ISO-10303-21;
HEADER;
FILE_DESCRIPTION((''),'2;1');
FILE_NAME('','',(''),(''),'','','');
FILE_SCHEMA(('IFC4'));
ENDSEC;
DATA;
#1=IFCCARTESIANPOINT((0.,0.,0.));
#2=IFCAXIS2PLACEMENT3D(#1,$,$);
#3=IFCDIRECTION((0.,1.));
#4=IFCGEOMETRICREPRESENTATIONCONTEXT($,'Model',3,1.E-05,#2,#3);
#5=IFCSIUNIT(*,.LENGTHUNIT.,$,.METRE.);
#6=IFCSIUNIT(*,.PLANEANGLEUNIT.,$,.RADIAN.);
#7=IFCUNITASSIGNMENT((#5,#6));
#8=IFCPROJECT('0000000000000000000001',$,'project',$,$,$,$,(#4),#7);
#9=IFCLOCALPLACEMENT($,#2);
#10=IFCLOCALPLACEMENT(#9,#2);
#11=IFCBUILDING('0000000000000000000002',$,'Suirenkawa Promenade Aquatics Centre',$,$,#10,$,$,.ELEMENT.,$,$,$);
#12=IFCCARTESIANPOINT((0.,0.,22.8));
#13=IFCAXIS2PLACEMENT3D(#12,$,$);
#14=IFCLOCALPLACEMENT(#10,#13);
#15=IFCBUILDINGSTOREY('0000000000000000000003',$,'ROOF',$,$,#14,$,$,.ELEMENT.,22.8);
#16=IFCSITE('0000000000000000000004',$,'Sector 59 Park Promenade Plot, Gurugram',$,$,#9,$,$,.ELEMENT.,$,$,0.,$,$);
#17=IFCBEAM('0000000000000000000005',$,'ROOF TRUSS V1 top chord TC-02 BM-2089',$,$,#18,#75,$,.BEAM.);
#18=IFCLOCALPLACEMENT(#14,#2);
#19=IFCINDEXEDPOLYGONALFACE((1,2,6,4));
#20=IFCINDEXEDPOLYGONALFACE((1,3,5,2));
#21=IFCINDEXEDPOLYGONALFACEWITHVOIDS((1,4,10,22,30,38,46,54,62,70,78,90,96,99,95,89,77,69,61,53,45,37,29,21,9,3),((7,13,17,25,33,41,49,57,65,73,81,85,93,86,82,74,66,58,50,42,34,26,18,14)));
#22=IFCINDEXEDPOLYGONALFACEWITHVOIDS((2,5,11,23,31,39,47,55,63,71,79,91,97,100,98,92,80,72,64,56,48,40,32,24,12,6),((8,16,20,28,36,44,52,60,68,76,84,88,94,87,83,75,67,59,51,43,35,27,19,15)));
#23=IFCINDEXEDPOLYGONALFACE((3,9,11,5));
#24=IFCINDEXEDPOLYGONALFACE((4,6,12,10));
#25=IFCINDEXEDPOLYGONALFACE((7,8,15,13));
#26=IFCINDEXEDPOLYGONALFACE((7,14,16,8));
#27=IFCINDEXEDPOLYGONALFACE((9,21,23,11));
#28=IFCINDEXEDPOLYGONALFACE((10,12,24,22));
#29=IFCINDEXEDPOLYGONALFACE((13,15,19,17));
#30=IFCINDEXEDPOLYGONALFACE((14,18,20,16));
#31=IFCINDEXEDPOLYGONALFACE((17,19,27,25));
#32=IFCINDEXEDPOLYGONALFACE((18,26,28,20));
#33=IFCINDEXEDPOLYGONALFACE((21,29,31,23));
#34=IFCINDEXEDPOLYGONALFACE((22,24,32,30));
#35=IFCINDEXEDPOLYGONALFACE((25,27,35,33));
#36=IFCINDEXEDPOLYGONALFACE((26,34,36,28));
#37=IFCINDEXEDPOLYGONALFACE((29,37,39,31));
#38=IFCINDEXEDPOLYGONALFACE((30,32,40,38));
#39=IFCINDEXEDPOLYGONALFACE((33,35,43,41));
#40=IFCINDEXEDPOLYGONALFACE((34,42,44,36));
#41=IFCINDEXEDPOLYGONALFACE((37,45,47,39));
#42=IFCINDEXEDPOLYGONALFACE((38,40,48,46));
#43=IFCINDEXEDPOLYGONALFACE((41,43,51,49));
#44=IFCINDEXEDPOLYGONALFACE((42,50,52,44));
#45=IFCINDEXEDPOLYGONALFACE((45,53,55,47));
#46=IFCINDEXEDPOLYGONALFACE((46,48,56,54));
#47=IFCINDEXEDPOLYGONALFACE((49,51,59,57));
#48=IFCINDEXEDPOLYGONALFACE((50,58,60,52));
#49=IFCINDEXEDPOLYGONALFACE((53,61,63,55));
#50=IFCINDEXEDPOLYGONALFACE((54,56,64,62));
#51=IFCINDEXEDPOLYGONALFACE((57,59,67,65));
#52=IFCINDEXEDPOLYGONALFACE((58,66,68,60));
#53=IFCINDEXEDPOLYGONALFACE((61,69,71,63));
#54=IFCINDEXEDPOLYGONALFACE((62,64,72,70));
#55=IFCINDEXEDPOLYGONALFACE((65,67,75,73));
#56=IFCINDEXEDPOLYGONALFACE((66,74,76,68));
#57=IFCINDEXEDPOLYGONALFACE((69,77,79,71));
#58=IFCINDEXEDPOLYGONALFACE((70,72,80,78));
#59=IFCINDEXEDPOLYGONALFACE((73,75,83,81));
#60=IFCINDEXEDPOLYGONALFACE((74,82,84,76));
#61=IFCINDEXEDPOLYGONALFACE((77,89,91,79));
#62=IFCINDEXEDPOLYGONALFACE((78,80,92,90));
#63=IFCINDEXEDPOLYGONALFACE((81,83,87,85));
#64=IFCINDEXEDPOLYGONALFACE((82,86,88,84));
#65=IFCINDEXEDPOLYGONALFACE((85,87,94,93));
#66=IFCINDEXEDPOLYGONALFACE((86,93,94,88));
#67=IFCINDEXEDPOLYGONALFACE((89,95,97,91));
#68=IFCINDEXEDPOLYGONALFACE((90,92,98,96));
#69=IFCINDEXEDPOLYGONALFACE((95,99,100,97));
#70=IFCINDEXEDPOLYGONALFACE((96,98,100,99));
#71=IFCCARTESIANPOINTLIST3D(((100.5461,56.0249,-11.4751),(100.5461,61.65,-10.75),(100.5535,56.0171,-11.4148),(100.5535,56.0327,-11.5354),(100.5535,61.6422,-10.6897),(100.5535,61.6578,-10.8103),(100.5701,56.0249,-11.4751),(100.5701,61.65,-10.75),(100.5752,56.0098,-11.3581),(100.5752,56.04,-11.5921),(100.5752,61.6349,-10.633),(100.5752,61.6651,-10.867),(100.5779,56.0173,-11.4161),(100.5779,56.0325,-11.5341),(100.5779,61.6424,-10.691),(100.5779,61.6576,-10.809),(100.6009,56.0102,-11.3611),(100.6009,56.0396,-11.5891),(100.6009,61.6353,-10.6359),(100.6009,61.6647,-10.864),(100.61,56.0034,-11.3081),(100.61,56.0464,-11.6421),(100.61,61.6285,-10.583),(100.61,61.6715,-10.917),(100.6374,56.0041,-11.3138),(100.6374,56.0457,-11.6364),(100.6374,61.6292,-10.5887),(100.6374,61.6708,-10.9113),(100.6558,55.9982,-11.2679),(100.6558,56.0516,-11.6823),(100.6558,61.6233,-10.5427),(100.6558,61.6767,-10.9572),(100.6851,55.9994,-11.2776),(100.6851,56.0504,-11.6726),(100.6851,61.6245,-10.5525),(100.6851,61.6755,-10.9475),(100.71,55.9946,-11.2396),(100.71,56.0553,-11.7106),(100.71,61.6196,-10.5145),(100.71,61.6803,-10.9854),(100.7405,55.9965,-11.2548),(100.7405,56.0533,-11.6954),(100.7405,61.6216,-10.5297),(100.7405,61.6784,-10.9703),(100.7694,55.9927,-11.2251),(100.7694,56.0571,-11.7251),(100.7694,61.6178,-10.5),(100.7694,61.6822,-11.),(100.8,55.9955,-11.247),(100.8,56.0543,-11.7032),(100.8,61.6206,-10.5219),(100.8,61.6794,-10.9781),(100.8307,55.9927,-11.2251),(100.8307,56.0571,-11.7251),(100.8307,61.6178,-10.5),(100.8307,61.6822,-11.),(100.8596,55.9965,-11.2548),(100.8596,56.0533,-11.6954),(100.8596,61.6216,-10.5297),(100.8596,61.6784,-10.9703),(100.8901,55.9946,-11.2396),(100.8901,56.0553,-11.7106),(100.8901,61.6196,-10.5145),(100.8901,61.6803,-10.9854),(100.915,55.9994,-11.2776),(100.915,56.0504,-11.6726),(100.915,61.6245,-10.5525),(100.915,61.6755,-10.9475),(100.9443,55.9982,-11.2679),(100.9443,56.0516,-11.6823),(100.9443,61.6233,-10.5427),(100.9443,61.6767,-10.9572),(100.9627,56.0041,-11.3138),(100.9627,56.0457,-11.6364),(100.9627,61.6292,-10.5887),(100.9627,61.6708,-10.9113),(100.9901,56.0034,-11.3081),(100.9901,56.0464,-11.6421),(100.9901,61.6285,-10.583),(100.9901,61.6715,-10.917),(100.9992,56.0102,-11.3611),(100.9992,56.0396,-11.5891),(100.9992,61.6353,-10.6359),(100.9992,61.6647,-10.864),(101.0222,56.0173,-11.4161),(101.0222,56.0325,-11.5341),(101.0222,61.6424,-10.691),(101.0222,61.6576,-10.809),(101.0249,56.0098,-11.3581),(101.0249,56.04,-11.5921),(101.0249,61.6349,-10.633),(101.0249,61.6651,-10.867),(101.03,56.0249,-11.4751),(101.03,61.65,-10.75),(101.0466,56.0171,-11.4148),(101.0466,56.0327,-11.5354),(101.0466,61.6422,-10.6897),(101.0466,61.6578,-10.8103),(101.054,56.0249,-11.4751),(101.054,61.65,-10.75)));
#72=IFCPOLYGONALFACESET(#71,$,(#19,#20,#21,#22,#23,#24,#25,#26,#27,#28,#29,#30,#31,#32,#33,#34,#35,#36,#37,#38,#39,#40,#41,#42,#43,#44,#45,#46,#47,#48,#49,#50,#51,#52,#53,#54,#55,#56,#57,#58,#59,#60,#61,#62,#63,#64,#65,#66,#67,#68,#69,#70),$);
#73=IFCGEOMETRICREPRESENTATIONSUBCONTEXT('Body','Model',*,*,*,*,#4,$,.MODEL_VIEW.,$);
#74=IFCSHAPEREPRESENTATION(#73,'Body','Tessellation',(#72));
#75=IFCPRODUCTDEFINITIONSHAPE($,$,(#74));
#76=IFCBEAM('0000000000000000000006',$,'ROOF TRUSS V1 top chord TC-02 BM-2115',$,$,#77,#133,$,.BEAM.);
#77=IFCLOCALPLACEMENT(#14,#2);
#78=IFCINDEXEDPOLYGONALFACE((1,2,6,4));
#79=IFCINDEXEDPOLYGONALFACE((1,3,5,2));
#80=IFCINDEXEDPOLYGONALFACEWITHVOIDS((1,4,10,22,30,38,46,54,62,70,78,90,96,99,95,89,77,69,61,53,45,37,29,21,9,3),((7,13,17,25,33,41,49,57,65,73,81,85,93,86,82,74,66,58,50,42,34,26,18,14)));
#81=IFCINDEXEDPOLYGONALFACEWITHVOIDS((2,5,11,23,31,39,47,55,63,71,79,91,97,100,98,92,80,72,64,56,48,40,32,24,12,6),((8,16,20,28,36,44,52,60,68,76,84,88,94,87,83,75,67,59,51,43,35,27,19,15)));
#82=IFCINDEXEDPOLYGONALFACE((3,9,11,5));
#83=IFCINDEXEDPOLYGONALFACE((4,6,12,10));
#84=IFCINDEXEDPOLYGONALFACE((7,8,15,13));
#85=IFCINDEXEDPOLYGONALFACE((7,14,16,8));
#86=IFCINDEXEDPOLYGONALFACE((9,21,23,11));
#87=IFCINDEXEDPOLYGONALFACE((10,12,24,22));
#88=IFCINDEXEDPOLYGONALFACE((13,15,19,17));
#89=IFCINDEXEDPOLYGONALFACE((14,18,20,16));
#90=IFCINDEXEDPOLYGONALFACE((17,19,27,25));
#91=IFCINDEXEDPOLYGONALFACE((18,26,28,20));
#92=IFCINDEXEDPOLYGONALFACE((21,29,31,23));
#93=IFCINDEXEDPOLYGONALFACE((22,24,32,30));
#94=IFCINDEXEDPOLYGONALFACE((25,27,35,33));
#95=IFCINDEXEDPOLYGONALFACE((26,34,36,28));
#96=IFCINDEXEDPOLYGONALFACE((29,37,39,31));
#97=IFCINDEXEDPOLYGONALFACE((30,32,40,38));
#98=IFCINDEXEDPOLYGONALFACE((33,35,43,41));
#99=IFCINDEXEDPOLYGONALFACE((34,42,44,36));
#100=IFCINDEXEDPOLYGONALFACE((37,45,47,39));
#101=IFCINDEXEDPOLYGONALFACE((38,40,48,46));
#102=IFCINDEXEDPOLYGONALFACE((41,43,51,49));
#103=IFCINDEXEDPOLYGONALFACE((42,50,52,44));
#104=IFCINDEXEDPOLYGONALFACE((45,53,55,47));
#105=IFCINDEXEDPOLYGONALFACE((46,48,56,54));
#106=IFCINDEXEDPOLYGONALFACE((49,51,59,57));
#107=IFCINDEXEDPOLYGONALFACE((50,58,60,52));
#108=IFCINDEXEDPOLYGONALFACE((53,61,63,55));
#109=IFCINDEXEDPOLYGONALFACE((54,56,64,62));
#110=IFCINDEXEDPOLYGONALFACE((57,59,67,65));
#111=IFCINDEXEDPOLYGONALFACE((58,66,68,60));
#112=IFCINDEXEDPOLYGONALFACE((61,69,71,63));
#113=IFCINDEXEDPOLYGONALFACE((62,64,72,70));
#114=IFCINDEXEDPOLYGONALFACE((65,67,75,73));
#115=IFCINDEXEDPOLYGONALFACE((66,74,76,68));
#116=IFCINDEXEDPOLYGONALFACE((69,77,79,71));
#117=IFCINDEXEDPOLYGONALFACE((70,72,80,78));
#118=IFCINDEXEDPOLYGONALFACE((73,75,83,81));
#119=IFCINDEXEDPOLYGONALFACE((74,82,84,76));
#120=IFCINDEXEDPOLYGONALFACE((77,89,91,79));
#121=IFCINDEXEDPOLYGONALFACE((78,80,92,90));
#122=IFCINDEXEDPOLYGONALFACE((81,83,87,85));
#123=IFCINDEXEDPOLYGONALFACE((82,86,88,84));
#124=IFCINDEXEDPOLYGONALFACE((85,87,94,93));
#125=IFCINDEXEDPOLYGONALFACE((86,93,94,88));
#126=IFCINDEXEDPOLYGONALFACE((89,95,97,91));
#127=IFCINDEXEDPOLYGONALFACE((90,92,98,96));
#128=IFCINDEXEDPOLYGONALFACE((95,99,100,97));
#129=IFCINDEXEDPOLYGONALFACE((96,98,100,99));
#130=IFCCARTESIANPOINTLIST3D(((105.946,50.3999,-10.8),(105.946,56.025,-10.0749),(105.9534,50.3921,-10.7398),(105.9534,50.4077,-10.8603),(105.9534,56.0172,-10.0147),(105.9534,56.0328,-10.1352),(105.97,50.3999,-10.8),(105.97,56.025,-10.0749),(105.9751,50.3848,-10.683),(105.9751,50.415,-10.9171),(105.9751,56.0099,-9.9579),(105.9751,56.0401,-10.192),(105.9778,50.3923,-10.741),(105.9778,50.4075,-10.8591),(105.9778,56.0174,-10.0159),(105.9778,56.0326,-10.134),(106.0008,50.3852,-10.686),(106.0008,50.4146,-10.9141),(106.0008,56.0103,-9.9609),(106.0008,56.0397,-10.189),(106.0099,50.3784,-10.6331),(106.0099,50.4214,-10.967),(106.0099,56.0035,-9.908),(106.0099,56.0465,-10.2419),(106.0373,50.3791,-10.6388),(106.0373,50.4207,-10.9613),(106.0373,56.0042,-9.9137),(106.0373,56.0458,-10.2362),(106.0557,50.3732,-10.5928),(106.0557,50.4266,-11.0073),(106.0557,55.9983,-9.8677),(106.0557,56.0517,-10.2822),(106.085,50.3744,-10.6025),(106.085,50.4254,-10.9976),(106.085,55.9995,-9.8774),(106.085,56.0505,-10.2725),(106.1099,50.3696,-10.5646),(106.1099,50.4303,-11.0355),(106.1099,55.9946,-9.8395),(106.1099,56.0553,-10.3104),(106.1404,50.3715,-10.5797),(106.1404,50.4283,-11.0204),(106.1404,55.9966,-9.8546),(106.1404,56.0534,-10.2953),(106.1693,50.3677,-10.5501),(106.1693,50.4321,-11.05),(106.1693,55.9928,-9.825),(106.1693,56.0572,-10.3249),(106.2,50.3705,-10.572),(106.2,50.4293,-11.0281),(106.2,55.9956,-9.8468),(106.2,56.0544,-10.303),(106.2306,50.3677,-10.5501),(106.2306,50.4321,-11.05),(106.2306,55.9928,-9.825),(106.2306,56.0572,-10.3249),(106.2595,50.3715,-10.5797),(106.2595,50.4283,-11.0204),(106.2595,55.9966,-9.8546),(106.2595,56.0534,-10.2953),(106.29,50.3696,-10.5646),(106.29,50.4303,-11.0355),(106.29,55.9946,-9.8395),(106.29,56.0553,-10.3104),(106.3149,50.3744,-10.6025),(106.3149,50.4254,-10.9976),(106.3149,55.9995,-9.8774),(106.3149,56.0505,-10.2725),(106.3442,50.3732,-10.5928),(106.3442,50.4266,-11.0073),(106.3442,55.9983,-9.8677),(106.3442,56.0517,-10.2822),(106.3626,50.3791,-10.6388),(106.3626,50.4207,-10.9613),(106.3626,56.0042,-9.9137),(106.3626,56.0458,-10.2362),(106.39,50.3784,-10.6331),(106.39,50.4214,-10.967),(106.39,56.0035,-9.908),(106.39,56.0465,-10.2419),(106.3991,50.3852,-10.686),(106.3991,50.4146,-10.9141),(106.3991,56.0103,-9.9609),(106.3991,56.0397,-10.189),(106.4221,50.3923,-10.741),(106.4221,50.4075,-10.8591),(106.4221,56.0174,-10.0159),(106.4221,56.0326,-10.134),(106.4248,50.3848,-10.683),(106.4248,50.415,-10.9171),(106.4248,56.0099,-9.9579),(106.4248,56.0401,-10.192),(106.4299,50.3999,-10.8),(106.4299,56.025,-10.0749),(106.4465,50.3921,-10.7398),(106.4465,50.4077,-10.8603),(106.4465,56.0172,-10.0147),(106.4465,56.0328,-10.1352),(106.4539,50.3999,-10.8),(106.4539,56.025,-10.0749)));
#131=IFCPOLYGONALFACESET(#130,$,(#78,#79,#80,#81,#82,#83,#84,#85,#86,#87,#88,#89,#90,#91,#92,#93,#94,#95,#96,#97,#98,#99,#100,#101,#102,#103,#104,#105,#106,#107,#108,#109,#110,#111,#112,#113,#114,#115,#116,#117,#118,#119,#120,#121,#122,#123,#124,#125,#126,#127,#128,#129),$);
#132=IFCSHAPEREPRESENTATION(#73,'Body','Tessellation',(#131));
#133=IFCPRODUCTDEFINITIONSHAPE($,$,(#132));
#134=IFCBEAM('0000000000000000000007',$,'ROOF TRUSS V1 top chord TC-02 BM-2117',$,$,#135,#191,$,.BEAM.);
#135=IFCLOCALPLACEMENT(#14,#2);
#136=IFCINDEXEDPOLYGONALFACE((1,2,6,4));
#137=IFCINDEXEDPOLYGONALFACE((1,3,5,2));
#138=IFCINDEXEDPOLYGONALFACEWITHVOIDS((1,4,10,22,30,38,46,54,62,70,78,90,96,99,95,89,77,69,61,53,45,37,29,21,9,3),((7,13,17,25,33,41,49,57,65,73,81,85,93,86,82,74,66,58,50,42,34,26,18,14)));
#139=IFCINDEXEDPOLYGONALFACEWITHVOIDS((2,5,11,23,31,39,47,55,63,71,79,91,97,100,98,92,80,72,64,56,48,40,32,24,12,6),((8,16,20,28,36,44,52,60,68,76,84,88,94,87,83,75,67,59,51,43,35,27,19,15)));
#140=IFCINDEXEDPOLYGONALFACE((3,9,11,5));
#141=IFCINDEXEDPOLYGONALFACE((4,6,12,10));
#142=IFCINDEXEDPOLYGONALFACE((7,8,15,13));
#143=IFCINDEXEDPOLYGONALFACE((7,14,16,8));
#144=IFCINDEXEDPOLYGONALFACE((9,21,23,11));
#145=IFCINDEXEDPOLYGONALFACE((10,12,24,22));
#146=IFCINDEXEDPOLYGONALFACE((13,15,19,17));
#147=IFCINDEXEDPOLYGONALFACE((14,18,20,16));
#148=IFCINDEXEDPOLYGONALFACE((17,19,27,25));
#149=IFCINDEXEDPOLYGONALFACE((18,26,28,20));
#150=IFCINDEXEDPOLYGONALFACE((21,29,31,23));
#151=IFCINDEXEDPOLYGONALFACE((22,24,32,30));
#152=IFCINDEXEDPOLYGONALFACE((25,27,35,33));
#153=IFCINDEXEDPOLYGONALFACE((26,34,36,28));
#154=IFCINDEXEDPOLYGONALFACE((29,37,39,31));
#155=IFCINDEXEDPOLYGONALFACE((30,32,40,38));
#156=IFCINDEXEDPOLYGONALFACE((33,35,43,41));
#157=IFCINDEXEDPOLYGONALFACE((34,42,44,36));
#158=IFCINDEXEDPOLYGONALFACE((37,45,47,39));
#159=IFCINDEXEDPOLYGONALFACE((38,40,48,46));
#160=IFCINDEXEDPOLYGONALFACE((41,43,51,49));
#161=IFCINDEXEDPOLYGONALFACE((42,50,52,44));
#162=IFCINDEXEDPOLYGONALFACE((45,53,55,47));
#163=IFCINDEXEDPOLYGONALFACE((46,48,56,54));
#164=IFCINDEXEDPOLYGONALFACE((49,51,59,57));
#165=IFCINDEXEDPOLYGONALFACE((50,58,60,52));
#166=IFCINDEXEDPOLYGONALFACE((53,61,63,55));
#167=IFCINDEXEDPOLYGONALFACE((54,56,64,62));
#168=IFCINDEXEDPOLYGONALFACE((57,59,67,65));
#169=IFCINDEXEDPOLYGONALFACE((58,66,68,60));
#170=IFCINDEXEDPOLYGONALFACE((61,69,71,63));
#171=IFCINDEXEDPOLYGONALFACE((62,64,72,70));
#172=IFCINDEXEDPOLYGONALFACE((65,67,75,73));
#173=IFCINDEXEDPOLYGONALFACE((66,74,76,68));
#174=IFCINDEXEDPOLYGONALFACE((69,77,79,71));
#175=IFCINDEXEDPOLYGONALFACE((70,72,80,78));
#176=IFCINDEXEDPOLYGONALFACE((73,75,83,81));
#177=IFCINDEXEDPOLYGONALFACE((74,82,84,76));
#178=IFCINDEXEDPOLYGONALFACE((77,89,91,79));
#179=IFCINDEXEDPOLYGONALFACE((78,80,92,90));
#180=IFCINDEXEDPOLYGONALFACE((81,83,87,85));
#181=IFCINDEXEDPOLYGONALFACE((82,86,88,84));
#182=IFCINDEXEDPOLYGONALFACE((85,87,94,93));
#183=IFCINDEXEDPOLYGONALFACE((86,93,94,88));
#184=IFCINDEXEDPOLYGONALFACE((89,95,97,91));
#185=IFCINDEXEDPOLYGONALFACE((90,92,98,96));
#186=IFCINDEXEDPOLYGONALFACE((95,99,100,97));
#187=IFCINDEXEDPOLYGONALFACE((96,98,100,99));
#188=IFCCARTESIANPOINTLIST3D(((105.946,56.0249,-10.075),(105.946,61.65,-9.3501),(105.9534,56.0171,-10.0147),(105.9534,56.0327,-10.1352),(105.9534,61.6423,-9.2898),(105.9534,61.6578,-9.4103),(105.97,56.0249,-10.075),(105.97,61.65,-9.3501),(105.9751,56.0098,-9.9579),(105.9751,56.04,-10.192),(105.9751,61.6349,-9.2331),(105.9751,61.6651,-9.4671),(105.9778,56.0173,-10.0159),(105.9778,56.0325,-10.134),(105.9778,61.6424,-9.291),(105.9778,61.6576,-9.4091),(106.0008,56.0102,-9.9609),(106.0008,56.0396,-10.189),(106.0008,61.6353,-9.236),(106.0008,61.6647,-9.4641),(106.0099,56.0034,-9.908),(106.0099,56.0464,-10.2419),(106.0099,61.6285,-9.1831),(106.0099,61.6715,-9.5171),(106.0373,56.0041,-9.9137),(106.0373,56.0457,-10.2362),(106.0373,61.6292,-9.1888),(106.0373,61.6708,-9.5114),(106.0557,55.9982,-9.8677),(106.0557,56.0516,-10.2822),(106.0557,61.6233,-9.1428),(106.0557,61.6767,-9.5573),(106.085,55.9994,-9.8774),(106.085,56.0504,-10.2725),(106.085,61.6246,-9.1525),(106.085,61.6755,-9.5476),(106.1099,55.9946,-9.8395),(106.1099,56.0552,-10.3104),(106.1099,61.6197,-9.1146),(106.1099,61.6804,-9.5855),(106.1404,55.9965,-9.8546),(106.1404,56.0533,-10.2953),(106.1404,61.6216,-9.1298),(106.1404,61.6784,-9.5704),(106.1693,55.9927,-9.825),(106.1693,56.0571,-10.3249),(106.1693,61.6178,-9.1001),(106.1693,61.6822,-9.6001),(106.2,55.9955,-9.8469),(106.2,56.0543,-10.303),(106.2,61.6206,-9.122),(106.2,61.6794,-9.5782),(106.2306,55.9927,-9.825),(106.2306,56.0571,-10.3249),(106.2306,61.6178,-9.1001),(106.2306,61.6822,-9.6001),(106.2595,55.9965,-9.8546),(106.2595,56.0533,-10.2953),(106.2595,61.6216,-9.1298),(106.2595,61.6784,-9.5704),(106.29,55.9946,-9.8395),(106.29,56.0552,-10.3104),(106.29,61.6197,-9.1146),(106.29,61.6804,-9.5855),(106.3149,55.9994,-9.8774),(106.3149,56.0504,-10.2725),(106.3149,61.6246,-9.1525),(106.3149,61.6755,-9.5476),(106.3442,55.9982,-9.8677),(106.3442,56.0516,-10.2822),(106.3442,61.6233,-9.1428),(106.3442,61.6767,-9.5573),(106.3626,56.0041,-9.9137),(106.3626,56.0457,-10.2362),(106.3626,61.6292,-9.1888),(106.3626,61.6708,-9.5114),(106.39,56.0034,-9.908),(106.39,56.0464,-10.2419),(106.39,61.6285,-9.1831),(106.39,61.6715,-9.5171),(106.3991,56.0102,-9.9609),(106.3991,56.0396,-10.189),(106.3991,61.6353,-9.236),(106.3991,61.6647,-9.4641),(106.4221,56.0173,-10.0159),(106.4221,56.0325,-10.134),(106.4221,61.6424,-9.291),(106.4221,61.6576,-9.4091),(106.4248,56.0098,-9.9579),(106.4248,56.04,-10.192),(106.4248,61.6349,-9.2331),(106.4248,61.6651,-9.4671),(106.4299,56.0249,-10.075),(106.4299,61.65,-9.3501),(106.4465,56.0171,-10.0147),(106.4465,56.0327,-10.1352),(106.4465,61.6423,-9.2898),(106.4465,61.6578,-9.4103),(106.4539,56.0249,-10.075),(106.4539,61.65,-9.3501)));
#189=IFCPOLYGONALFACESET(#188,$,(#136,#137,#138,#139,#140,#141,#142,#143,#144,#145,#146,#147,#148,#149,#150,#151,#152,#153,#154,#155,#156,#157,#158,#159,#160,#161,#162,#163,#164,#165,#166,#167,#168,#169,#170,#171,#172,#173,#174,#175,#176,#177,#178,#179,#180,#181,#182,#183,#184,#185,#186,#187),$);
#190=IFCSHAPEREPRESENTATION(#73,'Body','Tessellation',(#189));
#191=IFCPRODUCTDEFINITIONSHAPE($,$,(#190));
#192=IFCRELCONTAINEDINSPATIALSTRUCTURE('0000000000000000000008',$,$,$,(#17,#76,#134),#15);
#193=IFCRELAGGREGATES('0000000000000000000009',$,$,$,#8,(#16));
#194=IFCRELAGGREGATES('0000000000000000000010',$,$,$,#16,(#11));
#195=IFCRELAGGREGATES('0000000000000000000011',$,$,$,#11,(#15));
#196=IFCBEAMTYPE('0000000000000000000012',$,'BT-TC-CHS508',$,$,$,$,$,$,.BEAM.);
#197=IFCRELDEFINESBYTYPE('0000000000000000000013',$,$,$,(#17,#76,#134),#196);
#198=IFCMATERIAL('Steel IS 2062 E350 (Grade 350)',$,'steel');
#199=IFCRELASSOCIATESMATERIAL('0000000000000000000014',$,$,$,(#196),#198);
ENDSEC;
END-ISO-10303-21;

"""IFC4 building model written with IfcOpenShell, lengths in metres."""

from ifc_helpers import new_model, si_unit, direction, frame, origin, origin_2d, place, context, subcontext, project, spatial, hollow_circle, extrude, material, material_profile, profile_set, type_object, element, save


model = new_model("IFC4")

# Units and contexts
model_context = context("Model", 3, precision=1e-05, world=origin(), true_north=direction((0.0, 1.0)))
body_context = subcontext(model_context, "Body", "Model", "MODEL_VIEW")
ifc_project = project(units=[si_unit("LENGTHUNIT", "METRE"), si_unit("PLANEANGLEUNIT", "RADIAN")], contexts=[model_context])

# Site, building, storey
site_placement = place(None, origin())
site = spatial("IfcSite", under=ifc_project, at=site_placement, Name="Sector 59 Park Promenade Plot, Gurugram", CompositionType="ELEMENT", RefElevation=0.0)
building_placement = place(site_placement, origin())
building = spatial("IfcBuilding", under=site, at=building_placement, Name="Suirenkawa Promenade Aquatics Centre", CompositionType="ELEMENT")
storey_placement = place(building_placement, frame((0.0, 0.0, 22.8)))
storey = spatial("IfcBuildingStorey", under=building, at=storey_placement, Name="ROOF", CompositionType="ELEMENT", Elevation=22.8)

# Beams
ifc_material_1 = material(Name="Steel IS 2062 E350 (Grade 350)", Category="steel")
ifc_material_profile_1 = material_profile(ifc_material_1, hollow_circle(Radius=0.2539, WallThickness=0.0239, at=origin_2d()), Name="CHS 508x24", Category="steel")
ifc_profile_set_1 = profile_set([ifc_material_profile_1], Name="Steel IS 2062 E350 (Grade 350)")
beam_type_1 = type_object("IfcBeamType", Name="BT-TC-CHS508", PredefinedType="BEAM", material=ifc_profile_set_1)
for number, where, z_axis, x_axis, name in (
    (1, (100.8, 56.0249, -11.4751), (0.0, 0.991794, 0.127848), (-1.0, 0.0, 0.0), "ROOF TRUSS V1 top chord TC-02 BM-2089"),
    (2, (106.2, 50.3999, -10.8), (0.0, 0.991794, 0.127848), (-1.0, 0.0, 0.0), "ROOF TRUSS V1 top chord TC-02 BM-2115"),
    (3, (106.2, 56.0249, -10.075), (0.0, 0.991799, 0.127806), (-1.0, 0.0, 0.0), "ROOF TRUSS V1 top chord TC-02 BM-2117"),
):
    element("IfcBeam", number, at=place(storey_placement, frame(where, z_axis=z_axis, x_axis=x_axis)), inside=storey, type_object=beam_type_1, Name=name, PredefinedType="BEAM", context=body_context, shape_type="SweptSolid", body=[
        extrude(hollow_circle(Radius=0.2539, WallThickness=0.0239, at=origin_2d()), origin(), (0.0, 0.0, 1.0), 5.6716),
    ])

save(model, "model.ifc")
